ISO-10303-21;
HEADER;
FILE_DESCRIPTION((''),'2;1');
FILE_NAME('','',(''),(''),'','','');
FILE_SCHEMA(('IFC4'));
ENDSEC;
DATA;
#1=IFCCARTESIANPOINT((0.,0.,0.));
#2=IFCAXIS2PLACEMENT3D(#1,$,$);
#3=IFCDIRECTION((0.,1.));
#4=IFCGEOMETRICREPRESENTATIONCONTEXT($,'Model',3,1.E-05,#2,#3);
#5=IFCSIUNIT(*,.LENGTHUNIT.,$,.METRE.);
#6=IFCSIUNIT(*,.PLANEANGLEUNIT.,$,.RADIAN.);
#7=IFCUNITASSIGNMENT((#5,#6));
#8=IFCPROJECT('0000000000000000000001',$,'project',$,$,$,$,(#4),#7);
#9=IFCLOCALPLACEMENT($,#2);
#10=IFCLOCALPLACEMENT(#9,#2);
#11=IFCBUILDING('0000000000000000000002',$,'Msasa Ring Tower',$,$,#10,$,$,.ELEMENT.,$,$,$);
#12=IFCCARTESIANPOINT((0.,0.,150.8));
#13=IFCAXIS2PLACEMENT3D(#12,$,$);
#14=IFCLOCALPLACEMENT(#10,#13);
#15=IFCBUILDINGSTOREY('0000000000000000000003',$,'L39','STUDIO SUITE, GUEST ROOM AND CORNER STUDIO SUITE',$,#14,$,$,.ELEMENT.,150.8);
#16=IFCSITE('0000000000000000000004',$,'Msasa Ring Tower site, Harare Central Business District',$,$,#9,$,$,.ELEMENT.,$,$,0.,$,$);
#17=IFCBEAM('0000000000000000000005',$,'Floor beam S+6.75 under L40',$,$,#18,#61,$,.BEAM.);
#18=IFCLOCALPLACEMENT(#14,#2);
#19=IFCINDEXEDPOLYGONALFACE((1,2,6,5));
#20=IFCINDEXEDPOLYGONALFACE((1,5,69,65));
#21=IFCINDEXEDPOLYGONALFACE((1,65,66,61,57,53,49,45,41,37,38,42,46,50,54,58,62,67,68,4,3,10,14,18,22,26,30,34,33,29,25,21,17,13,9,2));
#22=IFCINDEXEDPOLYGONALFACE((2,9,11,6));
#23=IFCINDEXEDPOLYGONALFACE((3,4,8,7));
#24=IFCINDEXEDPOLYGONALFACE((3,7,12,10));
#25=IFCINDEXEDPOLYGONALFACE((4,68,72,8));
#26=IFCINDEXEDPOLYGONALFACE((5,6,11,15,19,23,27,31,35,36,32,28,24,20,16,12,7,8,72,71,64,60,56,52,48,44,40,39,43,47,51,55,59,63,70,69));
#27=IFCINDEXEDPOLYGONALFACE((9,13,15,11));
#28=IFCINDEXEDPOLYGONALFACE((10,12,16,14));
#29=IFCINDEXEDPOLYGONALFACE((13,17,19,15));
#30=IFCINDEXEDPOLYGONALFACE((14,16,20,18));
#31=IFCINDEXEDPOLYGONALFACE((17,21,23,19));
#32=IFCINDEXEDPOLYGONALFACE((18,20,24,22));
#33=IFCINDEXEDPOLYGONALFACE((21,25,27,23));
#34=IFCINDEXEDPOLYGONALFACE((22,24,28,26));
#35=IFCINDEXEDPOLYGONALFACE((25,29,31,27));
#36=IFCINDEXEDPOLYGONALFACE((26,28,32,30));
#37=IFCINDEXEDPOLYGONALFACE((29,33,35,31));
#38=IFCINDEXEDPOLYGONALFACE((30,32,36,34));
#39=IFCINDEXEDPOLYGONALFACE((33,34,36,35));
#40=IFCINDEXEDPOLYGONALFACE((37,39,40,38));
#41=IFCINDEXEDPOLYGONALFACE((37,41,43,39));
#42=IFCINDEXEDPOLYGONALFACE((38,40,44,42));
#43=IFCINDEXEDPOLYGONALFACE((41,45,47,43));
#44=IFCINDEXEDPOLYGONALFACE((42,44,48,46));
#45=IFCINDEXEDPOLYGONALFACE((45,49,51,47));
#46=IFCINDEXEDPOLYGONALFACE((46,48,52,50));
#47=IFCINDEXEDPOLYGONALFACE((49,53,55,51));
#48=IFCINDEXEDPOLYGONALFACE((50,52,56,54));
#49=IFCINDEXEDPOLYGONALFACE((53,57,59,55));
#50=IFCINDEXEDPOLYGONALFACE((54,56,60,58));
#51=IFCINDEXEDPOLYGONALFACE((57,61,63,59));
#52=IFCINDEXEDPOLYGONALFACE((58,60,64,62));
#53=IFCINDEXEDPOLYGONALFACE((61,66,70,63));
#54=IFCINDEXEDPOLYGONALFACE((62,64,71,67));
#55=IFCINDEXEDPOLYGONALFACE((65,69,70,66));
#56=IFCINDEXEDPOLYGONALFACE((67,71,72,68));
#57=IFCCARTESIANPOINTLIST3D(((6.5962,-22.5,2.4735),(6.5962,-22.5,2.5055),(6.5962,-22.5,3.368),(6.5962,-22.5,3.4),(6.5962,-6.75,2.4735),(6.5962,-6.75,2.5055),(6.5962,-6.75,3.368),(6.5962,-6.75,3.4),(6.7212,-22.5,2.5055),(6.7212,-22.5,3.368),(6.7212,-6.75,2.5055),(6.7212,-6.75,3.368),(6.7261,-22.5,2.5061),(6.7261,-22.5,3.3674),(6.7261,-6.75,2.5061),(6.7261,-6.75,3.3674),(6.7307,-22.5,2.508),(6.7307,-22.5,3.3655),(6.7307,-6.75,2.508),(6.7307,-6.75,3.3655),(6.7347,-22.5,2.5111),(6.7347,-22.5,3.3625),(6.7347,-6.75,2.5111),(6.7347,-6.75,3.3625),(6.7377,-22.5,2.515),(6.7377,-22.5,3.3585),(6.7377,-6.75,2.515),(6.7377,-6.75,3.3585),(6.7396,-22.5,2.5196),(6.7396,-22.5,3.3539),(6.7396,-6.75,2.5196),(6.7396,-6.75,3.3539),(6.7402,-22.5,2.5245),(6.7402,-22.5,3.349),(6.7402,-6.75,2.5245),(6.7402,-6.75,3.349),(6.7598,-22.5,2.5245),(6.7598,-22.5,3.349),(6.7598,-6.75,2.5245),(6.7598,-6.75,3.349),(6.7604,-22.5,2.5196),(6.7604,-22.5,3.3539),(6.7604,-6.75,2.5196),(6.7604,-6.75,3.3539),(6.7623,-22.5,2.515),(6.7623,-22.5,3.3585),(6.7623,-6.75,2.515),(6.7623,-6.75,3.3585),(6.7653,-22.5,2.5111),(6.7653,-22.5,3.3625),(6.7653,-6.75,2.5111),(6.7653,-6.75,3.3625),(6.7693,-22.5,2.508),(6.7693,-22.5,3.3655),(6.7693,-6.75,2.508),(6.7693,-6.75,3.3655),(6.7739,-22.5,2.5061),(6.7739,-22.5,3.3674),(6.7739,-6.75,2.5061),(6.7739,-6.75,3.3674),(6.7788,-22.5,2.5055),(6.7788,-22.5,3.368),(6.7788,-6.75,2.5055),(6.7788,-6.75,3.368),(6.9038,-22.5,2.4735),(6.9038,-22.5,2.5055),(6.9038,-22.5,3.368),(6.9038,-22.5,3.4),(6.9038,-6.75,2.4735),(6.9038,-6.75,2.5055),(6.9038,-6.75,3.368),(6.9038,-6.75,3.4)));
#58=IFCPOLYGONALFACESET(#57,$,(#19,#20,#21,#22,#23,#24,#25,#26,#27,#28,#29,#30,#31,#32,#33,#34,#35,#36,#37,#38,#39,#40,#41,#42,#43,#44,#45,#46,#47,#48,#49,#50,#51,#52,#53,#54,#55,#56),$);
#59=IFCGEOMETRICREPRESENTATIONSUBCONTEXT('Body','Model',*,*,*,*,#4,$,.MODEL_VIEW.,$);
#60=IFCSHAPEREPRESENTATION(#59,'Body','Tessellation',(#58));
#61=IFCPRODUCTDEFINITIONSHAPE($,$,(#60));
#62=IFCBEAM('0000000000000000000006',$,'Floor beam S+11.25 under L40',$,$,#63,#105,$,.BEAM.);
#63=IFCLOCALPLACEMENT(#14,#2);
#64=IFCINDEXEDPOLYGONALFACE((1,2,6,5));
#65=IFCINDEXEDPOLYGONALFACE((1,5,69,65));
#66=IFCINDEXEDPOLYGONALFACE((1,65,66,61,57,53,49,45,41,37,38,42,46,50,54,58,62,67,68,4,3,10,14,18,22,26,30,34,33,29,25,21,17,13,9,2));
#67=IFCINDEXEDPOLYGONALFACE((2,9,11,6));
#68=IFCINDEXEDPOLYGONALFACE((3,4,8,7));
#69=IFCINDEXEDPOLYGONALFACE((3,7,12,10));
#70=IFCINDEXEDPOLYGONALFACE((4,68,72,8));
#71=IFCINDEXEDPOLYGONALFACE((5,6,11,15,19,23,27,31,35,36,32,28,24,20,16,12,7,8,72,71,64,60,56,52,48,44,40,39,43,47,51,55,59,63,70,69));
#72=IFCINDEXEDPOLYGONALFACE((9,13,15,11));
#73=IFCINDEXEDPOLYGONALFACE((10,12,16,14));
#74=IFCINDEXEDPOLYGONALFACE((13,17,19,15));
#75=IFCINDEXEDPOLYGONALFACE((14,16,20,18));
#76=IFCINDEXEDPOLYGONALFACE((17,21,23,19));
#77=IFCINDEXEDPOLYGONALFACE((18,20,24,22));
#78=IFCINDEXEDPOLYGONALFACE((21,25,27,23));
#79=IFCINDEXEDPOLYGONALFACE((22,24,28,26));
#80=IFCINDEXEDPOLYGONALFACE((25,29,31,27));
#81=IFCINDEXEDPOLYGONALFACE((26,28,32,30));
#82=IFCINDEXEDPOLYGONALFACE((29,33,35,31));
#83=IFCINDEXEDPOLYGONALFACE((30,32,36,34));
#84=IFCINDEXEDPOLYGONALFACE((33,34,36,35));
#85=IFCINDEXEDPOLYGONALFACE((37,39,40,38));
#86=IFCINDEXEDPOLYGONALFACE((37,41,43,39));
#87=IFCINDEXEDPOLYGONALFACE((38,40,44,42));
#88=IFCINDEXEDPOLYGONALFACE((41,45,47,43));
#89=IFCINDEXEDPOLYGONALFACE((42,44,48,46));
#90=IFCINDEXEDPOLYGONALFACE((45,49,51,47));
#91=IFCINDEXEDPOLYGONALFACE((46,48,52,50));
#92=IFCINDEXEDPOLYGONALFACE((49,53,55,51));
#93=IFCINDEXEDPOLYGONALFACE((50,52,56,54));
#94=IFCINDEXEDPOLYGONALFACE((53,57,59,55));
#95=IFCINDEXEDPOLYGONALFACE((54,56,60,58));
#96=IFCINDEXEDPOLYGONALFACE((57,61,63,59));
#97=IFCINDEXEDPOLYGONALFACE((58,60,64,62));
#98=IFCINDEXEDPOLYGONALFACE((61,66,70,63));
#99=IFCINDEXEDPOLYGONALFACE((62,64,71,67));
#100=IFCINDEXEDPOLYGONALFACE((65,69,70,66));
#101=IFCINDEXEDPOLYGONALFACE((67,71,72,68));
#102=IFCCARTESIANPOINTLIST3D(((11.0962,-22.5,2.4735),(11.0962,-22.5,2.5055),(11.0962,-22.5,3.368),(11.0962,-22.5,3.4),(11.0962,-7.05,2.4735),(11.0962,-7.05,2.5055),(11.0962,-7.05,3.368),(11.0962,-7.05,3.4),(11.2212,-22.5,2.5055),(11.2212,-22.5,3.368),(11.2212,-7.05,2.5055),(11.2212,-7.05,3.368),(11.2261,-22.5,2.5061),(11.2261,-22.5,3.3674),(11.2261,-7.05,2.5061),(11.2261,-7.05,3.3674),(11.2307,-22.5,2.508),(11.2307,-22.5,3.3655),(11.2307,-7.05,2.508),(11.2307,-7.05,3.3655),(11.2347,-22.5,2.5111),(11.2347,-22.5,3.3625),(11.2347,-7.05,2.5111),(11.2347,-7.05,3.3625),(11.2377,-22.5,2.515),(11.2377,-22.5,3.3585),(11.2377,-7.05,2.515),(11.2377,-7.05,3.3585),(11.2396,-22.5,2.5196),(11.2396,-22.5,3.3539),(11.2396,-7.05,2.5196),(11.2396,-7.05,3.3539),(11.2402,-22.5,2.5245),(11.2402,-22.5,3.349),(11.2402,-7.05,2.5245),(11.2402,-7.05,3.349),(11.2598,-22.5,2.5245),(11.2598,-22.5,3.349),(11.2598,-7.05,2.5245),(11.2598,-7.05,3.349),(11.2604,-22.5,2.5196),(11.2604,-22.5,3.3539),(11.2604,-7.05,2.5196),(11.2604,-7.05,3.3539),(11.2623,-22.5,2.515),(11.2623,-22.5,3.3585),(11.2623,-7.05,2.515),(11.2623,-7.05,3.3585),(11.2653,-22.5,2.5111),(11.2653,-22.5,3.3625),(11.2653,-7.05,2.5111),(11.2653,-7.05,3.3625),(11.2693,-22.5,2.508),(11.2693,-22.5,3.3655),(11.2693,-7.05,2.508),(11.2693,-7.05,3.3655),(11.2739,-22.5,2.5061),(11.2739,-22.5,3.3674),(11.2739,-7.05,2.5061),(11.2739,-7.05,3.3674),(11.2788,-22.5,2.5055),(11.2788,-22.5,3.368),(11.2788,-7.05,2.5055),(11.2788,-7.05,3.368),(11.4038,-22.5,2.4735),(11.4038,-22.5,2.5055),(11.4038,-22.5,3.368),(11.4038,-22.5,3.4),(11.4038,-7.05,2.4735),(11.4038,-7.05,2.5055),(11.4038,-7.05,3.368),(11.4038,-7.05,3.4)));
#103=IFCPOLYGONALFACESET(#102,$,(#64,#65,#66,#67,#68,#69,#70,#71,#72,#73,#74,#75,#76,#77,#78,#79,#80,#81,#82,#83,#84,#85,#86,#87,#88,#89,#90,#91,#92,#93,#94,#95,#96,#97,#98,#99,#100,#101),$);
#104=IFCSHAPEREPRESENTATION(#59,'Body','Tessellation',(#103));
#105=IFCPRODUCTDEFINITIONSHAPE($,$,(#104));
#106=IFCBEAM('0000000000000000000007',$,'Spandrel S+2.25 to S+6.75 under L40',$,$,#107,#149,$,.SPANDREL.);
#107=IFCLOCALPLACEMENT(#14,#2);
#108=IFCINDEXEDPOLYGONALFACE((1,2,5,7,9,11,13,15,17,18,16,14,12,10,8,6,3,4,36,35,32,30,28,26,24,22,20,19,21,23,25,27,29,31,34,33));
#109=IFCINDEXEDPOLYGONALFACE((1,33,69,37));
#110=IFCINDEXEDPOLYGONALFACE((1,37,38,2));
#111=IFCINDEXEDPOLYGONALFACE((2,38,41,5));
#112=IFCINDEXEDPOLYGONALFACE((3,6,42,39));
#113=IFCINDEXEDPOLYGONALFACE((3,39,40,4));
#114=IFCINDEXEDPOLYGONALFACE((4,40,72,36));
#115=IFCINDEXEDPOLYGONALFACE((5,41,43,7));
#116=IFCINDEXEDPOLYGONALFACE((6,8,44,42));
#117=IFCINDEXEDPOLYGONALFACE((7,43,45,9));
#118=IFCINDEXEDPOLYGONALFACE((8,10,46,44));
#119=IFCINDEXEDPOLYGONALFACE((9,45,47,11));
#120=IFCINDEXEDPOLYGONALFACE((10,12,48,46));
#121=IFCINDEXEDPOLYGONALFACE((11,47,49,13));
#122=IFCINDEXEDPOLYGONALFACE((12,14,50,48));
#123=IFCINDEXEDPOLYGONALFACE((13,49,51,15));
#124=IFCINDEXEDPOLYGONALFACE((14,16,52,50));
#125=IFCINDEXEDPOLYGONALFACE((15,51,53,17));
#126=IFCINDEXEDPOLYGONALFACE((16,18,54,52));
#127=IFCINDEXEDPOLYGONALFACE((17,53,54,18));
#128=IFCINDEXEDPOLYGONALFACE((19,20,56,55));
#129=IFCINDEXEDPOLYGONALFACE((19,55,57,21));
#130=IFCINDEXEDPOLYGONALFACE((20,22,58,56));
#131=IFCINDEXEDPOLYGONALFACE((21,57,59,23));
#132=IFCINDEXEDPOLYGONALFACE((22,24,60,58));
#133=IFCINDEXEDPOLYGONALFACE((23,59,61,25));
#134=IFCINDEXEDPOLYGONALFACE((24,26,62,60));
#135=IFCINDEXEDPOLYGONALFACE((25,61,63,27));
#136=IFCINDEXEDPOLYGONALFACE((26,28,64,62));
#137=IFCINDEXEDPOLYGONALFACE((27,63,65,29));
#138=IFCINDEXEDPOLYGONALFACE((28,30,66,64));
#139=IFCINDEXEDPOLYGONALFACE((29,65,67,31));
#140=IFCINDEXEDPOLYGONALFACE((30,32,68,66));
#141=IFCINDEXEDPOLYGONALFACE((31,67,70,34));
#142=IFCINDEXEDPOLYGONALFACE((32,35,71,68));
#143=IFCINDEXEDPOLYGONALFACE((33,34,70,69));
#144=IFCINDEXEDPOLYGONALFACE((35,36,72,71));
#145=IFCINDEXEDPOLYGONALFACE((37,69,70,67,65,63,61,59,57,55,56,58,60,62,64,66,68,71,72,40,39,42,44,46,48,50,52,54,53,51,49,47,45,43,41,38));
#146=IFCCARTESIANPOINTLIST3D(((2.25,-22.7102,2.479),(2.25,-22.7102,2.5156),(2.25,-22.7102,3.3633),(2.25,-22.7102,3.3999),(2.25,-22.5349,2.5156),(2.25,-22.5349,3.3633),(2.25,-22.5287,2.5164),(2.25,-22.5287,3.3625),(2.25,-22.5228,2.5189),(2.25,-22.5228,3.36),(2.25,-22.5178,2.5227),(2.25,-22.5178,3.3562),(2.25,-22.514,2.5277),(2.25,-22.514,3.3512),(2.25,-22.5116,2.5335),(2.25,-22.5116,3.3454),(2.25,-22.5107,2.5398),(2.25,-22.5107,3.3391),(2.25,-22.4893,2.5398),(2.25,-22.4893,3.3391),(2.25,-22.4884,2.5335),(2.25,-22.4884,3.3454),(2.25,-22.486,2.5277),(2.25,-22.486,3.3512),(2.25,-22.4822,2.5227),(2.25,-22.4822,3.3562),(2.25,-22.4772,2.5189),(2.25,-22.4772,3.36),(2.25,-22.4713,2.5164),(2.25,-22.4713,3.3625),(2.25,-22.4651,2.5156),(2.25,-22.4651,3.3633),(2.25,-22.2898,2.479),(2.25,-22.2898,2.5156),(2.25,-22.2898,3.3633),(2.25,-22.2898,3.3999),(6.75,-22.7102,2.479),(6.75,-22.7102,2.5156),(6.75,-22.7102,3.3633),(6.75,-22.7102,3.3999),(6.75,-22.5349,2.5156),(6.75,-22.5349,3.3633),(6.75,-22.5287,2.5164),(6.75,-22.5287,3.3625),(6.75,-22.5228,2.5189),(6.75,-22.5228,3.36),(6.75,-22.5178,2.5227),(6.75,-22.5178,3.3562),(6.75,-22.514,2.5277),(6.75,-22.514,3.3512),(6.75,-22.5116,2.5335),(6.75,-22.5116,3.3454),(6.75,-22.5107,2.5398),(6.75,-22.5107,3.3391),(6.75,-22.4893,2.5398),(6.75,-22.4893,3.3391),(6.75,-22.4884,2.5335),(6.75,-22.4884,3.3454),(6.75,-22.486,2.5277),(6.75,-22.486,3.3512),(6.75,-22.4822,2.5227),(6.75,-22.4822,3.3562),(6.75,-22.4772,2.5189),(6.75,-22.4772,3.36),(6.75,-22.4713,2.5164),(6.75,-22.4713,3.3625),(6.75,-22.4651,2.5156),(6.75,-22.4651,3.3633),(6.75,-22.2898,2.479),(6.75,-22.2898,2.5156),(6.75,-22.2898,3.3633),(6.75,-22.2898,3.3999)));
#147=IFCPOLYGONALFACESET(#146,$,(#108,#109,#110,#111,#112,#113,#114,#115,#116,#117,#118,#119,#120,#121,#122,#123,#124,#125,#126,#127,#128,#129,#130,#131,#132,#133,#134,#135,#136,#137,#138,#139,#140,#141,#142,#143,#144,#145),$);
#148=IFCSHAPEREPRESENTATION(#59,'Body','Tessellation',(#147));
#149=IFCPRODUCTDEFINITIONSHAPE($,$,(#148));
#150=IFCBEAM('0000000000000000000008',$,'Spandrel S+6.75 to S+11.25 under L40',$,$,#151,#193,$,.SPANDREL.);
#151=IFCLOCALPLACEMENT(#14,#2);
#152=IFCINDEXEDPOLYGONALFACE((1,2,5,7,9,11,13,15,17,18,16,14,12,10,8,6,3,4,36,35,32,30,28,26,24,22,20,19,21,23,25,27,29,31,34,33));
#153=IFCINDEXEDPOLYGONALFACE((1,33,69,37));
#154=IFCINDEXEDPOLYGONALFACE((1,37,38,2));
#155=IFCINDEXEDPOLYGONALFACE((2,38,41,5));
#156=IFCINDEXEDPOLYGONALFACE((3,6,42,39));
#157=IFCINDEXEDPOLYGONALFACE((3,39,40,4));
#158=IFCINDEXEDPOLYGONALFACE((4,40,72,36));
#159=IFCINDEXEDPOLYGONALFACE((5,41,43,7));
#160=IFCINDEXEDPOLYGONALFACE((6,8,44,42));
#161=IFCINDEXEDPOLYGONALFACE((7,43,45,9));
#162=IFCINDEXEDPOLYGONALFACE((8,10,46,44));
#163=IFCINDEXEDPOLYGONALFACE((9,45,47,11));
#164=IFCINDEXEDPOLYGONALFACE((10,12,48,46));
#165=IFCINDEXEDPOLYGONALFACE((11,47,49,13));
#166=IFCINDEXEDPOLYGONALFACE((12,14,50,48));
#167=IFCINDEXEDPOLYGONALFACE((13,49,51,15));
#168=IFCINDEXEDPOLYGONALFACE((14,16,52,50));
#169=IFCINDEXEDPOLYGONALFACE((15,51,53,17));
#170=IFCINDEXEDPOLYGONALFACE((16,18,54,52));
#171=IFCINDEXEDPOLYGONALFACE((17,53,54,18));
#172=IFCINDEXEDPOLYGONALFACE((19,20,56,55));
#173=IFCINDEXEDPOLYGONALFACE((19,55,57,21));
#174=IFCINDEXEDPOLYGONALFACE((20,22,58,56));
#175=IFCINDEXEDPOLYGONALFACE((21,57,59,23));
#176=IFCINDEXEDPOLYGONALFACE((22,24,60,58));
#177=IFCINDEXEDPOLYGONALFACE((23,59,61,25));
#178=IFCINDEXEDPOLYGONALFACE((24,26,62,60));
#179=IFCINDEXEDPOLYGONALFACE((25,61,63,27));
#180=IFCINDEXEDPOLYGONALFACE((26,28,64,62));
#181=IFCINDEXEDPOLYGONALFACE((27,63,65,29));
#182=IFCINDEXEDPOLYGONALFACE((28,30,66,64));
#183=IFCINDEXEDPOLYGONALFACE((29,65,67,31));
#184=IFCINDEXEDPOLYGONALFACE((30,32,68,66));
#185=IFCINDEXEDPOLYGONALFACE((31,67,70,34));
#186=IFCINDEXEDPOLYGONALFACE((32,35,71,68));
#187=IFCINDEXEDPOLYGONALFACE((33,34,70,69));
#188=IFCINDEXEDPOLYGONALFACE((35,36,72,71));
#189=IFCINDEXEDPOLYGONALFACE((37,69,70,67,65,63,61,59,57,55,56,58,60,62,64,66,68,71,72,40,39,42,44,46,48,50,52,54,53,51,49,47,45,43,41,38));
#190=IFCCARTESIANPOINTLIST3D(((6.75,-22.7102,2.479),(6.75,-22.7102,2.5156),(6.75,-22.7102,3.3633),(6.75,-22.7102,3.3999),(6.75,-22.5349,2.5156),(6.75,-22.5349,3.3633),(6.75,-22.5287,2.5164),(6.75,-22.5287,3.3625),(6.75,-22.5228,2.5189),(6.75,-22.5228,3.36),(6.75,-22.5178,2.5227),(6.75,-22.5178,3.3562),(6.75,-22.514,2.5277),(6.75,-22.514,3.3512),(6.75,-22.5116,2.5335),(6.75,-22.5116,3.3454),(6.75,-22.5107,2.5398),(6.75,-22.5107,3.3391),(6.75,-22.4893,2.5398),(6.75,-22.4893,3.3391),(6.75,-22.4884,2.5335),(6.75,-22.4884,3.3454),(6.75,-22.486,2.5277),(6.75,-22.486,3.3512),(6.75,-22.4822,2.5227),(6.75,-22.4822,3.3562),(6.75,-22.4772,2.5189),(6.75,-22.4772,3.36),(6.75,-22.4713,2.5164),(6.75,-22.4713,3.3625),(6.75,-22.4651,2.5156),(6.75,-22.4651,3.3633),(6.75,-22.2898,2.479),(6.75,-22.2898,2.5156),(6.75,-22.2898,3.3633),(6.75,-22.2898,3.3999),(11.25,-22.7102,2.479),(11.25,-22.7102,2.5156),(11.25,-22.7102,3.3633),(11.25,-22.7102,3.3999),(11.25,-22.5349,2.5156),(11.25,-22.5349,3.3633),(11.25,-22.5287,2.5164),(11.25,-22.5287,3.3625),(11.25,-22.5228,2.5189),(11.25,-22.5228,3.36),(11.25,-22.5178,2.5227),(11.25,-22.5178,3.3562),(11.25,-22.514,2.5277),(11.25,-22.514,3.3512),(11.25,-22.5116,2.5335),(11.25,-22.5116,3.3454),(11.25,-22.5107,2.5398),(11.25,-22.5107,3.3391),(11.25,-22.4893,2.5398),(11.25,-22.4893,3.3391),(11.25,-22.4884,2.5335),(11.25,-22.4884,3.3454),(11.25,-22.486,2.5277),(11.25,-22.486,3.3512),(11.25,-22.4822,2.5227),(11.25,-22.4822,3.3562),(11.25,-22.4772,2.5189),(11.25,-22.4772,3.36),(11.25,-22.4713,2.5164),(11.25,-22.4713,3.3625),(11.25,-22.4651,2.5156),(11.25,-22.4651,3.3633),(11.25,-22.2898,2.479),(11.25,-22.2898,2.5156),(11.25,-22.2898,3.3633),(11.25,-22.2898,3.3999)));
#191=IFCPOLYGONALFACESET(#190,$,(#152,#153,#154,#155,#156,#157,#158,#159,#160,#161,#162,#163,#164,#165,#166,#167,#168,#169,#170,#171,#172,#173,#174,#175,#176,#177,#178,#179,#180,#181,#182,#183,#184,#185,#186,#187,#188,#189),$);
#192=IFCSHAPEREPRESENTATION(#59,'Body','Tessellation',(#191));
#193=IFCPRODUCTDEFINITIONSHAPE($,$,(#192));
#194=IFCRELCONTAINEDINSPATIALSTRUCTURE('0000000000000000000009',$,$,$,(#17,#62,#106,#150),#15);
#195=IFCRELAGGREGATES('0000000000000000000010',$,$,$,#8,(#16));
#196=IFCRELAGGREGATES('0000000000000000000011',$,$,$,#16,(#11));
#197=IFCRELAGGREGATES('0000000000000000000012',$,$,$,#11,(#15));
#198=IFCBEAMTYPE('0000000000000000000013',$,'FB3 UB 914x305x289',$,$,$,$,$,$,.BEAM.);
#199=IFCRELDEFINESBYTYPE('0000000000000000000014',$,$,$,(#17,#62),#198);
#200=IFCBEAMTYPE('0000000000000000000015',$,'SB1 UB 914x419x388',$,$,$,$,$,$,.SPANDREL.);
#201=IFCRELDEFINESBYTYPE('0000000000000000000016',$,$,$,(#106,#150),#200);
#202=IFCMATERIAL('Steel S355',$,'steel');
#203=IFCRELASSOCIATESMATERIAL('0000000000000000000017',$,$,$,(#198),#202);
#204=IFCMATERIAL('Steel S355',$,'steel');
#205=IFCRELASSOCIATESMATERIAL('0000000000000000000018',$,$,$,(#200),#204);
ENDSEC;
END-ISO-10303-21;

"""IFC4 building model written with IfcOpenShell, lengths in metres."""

from ifc_helpers import new_model, si_unit, direction, frame, origin, origin_2d, place, context, subcontext, project, spatial, i_section, extrude, material, material_profile, profile_set, type_object, element, save


model = new_model("IFC4")

# Units and contexts
model_context = context("Model", 3, precision=1e-05, world=origin(), true_north=direction((0.0, 1.0)))
body_context = subcontext(model_context, "Body", "Model", "MODEL_VIEW")
ifc_project = project(units=[si_unit("LENGTHUNIT", "METRE"), si_unit("PLANEANGLEUNIT", "RADIAN")], contexts=[model_context])

# Site, building, storey
site_placement = place(None, origin())
site = spatial("IfcSite", under=ifc_project, at=site_placement, Name="Msasa Ring Tower site, Harare Central Business District", CompositionType="ELEMENT", RefElevation=0.0)
building_placement = place(site_placement, origin())
building = spatial("IfcBuilding", under=site, at=building_placement, Name="Msasa Ring Tower", CompositionType="ELEMENT")
storey_placement = place(building_placement, frame((0.0, 0.0, 150.8)))
storey = spatial("IfcBuildingStorey", under=building, at=storey_placement, Name="L39", Description="STUDIO SUITE, GUEST ROOM AND CORNER STUDIO SUITE", CompositionType="ELEMENT", Elevation=150.8)

# Beams
ifc_material_1 = material(Name="Steel S355", Category="steel")
ifc_material_profile_1 = material_profile(ifc_material_1, i_section(OverallWidth=0.3076, OverallDepth=0.9265, WebThickness=0.0195, FlangeThickness=0.032, FilletRadius=0.019, at=origin_2d()), Name="UB 914x305x289")
ifc_profile_set_1 = profile_set([ifc_material_profile_1], Name="Steel S355")
beam_type_1 = type_object("IfcBeamType", Name="FB3 UB 914x305x289", PredefinedType="BEAM", material=ifc_profile_set_1)
for number, where, z_axis, x_axis, name in (
    (1, (6.75, -22.5, 2.9368), (0.0, 1.0, 0.0), (-1.0, 0.0, 0.0), "Floor beam S+6.75 under L40"),
):
    element("IfcBeam", number, at=place(storey_placement, frame(where, z_axis=z_axis, x_axis=x_axis)), inside=storey, type_object=beam_type_1, Name=name, PredefinedType="BEAM", context=body_context, shape_type="SweptSolid", body=[
        extrude(i_section(OverallWidth=0.3076, OverallDepth=0.9265, WebThickness=0.0195, FlangeThickness=0.032, FilletRadius=0.019, at=origin_2d()), origin(), (0.0, 0.0, 1.0), 15.75),
    ])
beam_placement = place(storey_placement, frame((11.25, -22.5, 2.9368), z_axis=(0.0, 1.0, 0.0), x_axis=(-1.0, 0.0, 0.0)))
element("IfcBeam", 2, at=beam_placement, inside=storey, type_object=beam_type_1, Name="Floor beam S+11.25 under L40", PredefinedType="BEAM", context=body_context, shape_type="SweptSolid", body=[
    extrude(i_section(OverallWidth=0.3076, OverallDepth=0.9265, WebThickness=0.0195, FlangeThickness=0.032, FilletRadius=0.019, at=origin_2d()), origin(), (0.0, 0.0, 1.0), 15.45),
])
ifc_material_2 = material(Name="Steel S355", Category="steel")
ifc_material_profile_2 = material_profile(ifc_material_2, i_section(OverallWidth=0.4204, OverallDepth=0.9209, WebThickness=0.0215, FlangeThickness=0.0366, FilletRadius=0.0242, at=origin_2d()), Name="UB 914x419x388")
ifc_profile_set_2 = profile_set([ifc_material_profile_2], Name="Steel S355")
beam_type_2 = type_object("IfcBeamType", Name="SB1 UB 914x419x388", PredefinedType="SPANDREL", material=ifc_profile_set_2)
for number, where, z_axis, x_axis, name in (
    (3, (2.25, -22.5, 2.9395), (1.0, 0.0, 0.0), (0.0, 1.0, 0.0), "Spandrel S+2.25 to S+6.75 under L40"),
    (4, (6.75, -22.5, 2.9395), (1.0, 0.0, 0.0), (0.0, 1.0, 0.0), "Spandrel S+6.75 to S+11.25 under L40"),
):
    element("IfcBeam", number, at=place(storey_placement, frame(where, z_axis=z_axis, x_axis=x_axis)), inside=storey, type_object=beam_type_2, Name=name, PredefinedType="SPANDREL", context=body_context, shape_type="SweptSolid", body=[
        extrude(i_section(OverallWidth=0.4204, OverallDepth=0.9209, WebThickness=0.0215, FlangeThickness=0.0366, FilletRadius=0.0242, at=origin_2d()), origin(), (0.0, 0.0, 1.0), 4.5),
    ])

save(model, "model.ifc")
